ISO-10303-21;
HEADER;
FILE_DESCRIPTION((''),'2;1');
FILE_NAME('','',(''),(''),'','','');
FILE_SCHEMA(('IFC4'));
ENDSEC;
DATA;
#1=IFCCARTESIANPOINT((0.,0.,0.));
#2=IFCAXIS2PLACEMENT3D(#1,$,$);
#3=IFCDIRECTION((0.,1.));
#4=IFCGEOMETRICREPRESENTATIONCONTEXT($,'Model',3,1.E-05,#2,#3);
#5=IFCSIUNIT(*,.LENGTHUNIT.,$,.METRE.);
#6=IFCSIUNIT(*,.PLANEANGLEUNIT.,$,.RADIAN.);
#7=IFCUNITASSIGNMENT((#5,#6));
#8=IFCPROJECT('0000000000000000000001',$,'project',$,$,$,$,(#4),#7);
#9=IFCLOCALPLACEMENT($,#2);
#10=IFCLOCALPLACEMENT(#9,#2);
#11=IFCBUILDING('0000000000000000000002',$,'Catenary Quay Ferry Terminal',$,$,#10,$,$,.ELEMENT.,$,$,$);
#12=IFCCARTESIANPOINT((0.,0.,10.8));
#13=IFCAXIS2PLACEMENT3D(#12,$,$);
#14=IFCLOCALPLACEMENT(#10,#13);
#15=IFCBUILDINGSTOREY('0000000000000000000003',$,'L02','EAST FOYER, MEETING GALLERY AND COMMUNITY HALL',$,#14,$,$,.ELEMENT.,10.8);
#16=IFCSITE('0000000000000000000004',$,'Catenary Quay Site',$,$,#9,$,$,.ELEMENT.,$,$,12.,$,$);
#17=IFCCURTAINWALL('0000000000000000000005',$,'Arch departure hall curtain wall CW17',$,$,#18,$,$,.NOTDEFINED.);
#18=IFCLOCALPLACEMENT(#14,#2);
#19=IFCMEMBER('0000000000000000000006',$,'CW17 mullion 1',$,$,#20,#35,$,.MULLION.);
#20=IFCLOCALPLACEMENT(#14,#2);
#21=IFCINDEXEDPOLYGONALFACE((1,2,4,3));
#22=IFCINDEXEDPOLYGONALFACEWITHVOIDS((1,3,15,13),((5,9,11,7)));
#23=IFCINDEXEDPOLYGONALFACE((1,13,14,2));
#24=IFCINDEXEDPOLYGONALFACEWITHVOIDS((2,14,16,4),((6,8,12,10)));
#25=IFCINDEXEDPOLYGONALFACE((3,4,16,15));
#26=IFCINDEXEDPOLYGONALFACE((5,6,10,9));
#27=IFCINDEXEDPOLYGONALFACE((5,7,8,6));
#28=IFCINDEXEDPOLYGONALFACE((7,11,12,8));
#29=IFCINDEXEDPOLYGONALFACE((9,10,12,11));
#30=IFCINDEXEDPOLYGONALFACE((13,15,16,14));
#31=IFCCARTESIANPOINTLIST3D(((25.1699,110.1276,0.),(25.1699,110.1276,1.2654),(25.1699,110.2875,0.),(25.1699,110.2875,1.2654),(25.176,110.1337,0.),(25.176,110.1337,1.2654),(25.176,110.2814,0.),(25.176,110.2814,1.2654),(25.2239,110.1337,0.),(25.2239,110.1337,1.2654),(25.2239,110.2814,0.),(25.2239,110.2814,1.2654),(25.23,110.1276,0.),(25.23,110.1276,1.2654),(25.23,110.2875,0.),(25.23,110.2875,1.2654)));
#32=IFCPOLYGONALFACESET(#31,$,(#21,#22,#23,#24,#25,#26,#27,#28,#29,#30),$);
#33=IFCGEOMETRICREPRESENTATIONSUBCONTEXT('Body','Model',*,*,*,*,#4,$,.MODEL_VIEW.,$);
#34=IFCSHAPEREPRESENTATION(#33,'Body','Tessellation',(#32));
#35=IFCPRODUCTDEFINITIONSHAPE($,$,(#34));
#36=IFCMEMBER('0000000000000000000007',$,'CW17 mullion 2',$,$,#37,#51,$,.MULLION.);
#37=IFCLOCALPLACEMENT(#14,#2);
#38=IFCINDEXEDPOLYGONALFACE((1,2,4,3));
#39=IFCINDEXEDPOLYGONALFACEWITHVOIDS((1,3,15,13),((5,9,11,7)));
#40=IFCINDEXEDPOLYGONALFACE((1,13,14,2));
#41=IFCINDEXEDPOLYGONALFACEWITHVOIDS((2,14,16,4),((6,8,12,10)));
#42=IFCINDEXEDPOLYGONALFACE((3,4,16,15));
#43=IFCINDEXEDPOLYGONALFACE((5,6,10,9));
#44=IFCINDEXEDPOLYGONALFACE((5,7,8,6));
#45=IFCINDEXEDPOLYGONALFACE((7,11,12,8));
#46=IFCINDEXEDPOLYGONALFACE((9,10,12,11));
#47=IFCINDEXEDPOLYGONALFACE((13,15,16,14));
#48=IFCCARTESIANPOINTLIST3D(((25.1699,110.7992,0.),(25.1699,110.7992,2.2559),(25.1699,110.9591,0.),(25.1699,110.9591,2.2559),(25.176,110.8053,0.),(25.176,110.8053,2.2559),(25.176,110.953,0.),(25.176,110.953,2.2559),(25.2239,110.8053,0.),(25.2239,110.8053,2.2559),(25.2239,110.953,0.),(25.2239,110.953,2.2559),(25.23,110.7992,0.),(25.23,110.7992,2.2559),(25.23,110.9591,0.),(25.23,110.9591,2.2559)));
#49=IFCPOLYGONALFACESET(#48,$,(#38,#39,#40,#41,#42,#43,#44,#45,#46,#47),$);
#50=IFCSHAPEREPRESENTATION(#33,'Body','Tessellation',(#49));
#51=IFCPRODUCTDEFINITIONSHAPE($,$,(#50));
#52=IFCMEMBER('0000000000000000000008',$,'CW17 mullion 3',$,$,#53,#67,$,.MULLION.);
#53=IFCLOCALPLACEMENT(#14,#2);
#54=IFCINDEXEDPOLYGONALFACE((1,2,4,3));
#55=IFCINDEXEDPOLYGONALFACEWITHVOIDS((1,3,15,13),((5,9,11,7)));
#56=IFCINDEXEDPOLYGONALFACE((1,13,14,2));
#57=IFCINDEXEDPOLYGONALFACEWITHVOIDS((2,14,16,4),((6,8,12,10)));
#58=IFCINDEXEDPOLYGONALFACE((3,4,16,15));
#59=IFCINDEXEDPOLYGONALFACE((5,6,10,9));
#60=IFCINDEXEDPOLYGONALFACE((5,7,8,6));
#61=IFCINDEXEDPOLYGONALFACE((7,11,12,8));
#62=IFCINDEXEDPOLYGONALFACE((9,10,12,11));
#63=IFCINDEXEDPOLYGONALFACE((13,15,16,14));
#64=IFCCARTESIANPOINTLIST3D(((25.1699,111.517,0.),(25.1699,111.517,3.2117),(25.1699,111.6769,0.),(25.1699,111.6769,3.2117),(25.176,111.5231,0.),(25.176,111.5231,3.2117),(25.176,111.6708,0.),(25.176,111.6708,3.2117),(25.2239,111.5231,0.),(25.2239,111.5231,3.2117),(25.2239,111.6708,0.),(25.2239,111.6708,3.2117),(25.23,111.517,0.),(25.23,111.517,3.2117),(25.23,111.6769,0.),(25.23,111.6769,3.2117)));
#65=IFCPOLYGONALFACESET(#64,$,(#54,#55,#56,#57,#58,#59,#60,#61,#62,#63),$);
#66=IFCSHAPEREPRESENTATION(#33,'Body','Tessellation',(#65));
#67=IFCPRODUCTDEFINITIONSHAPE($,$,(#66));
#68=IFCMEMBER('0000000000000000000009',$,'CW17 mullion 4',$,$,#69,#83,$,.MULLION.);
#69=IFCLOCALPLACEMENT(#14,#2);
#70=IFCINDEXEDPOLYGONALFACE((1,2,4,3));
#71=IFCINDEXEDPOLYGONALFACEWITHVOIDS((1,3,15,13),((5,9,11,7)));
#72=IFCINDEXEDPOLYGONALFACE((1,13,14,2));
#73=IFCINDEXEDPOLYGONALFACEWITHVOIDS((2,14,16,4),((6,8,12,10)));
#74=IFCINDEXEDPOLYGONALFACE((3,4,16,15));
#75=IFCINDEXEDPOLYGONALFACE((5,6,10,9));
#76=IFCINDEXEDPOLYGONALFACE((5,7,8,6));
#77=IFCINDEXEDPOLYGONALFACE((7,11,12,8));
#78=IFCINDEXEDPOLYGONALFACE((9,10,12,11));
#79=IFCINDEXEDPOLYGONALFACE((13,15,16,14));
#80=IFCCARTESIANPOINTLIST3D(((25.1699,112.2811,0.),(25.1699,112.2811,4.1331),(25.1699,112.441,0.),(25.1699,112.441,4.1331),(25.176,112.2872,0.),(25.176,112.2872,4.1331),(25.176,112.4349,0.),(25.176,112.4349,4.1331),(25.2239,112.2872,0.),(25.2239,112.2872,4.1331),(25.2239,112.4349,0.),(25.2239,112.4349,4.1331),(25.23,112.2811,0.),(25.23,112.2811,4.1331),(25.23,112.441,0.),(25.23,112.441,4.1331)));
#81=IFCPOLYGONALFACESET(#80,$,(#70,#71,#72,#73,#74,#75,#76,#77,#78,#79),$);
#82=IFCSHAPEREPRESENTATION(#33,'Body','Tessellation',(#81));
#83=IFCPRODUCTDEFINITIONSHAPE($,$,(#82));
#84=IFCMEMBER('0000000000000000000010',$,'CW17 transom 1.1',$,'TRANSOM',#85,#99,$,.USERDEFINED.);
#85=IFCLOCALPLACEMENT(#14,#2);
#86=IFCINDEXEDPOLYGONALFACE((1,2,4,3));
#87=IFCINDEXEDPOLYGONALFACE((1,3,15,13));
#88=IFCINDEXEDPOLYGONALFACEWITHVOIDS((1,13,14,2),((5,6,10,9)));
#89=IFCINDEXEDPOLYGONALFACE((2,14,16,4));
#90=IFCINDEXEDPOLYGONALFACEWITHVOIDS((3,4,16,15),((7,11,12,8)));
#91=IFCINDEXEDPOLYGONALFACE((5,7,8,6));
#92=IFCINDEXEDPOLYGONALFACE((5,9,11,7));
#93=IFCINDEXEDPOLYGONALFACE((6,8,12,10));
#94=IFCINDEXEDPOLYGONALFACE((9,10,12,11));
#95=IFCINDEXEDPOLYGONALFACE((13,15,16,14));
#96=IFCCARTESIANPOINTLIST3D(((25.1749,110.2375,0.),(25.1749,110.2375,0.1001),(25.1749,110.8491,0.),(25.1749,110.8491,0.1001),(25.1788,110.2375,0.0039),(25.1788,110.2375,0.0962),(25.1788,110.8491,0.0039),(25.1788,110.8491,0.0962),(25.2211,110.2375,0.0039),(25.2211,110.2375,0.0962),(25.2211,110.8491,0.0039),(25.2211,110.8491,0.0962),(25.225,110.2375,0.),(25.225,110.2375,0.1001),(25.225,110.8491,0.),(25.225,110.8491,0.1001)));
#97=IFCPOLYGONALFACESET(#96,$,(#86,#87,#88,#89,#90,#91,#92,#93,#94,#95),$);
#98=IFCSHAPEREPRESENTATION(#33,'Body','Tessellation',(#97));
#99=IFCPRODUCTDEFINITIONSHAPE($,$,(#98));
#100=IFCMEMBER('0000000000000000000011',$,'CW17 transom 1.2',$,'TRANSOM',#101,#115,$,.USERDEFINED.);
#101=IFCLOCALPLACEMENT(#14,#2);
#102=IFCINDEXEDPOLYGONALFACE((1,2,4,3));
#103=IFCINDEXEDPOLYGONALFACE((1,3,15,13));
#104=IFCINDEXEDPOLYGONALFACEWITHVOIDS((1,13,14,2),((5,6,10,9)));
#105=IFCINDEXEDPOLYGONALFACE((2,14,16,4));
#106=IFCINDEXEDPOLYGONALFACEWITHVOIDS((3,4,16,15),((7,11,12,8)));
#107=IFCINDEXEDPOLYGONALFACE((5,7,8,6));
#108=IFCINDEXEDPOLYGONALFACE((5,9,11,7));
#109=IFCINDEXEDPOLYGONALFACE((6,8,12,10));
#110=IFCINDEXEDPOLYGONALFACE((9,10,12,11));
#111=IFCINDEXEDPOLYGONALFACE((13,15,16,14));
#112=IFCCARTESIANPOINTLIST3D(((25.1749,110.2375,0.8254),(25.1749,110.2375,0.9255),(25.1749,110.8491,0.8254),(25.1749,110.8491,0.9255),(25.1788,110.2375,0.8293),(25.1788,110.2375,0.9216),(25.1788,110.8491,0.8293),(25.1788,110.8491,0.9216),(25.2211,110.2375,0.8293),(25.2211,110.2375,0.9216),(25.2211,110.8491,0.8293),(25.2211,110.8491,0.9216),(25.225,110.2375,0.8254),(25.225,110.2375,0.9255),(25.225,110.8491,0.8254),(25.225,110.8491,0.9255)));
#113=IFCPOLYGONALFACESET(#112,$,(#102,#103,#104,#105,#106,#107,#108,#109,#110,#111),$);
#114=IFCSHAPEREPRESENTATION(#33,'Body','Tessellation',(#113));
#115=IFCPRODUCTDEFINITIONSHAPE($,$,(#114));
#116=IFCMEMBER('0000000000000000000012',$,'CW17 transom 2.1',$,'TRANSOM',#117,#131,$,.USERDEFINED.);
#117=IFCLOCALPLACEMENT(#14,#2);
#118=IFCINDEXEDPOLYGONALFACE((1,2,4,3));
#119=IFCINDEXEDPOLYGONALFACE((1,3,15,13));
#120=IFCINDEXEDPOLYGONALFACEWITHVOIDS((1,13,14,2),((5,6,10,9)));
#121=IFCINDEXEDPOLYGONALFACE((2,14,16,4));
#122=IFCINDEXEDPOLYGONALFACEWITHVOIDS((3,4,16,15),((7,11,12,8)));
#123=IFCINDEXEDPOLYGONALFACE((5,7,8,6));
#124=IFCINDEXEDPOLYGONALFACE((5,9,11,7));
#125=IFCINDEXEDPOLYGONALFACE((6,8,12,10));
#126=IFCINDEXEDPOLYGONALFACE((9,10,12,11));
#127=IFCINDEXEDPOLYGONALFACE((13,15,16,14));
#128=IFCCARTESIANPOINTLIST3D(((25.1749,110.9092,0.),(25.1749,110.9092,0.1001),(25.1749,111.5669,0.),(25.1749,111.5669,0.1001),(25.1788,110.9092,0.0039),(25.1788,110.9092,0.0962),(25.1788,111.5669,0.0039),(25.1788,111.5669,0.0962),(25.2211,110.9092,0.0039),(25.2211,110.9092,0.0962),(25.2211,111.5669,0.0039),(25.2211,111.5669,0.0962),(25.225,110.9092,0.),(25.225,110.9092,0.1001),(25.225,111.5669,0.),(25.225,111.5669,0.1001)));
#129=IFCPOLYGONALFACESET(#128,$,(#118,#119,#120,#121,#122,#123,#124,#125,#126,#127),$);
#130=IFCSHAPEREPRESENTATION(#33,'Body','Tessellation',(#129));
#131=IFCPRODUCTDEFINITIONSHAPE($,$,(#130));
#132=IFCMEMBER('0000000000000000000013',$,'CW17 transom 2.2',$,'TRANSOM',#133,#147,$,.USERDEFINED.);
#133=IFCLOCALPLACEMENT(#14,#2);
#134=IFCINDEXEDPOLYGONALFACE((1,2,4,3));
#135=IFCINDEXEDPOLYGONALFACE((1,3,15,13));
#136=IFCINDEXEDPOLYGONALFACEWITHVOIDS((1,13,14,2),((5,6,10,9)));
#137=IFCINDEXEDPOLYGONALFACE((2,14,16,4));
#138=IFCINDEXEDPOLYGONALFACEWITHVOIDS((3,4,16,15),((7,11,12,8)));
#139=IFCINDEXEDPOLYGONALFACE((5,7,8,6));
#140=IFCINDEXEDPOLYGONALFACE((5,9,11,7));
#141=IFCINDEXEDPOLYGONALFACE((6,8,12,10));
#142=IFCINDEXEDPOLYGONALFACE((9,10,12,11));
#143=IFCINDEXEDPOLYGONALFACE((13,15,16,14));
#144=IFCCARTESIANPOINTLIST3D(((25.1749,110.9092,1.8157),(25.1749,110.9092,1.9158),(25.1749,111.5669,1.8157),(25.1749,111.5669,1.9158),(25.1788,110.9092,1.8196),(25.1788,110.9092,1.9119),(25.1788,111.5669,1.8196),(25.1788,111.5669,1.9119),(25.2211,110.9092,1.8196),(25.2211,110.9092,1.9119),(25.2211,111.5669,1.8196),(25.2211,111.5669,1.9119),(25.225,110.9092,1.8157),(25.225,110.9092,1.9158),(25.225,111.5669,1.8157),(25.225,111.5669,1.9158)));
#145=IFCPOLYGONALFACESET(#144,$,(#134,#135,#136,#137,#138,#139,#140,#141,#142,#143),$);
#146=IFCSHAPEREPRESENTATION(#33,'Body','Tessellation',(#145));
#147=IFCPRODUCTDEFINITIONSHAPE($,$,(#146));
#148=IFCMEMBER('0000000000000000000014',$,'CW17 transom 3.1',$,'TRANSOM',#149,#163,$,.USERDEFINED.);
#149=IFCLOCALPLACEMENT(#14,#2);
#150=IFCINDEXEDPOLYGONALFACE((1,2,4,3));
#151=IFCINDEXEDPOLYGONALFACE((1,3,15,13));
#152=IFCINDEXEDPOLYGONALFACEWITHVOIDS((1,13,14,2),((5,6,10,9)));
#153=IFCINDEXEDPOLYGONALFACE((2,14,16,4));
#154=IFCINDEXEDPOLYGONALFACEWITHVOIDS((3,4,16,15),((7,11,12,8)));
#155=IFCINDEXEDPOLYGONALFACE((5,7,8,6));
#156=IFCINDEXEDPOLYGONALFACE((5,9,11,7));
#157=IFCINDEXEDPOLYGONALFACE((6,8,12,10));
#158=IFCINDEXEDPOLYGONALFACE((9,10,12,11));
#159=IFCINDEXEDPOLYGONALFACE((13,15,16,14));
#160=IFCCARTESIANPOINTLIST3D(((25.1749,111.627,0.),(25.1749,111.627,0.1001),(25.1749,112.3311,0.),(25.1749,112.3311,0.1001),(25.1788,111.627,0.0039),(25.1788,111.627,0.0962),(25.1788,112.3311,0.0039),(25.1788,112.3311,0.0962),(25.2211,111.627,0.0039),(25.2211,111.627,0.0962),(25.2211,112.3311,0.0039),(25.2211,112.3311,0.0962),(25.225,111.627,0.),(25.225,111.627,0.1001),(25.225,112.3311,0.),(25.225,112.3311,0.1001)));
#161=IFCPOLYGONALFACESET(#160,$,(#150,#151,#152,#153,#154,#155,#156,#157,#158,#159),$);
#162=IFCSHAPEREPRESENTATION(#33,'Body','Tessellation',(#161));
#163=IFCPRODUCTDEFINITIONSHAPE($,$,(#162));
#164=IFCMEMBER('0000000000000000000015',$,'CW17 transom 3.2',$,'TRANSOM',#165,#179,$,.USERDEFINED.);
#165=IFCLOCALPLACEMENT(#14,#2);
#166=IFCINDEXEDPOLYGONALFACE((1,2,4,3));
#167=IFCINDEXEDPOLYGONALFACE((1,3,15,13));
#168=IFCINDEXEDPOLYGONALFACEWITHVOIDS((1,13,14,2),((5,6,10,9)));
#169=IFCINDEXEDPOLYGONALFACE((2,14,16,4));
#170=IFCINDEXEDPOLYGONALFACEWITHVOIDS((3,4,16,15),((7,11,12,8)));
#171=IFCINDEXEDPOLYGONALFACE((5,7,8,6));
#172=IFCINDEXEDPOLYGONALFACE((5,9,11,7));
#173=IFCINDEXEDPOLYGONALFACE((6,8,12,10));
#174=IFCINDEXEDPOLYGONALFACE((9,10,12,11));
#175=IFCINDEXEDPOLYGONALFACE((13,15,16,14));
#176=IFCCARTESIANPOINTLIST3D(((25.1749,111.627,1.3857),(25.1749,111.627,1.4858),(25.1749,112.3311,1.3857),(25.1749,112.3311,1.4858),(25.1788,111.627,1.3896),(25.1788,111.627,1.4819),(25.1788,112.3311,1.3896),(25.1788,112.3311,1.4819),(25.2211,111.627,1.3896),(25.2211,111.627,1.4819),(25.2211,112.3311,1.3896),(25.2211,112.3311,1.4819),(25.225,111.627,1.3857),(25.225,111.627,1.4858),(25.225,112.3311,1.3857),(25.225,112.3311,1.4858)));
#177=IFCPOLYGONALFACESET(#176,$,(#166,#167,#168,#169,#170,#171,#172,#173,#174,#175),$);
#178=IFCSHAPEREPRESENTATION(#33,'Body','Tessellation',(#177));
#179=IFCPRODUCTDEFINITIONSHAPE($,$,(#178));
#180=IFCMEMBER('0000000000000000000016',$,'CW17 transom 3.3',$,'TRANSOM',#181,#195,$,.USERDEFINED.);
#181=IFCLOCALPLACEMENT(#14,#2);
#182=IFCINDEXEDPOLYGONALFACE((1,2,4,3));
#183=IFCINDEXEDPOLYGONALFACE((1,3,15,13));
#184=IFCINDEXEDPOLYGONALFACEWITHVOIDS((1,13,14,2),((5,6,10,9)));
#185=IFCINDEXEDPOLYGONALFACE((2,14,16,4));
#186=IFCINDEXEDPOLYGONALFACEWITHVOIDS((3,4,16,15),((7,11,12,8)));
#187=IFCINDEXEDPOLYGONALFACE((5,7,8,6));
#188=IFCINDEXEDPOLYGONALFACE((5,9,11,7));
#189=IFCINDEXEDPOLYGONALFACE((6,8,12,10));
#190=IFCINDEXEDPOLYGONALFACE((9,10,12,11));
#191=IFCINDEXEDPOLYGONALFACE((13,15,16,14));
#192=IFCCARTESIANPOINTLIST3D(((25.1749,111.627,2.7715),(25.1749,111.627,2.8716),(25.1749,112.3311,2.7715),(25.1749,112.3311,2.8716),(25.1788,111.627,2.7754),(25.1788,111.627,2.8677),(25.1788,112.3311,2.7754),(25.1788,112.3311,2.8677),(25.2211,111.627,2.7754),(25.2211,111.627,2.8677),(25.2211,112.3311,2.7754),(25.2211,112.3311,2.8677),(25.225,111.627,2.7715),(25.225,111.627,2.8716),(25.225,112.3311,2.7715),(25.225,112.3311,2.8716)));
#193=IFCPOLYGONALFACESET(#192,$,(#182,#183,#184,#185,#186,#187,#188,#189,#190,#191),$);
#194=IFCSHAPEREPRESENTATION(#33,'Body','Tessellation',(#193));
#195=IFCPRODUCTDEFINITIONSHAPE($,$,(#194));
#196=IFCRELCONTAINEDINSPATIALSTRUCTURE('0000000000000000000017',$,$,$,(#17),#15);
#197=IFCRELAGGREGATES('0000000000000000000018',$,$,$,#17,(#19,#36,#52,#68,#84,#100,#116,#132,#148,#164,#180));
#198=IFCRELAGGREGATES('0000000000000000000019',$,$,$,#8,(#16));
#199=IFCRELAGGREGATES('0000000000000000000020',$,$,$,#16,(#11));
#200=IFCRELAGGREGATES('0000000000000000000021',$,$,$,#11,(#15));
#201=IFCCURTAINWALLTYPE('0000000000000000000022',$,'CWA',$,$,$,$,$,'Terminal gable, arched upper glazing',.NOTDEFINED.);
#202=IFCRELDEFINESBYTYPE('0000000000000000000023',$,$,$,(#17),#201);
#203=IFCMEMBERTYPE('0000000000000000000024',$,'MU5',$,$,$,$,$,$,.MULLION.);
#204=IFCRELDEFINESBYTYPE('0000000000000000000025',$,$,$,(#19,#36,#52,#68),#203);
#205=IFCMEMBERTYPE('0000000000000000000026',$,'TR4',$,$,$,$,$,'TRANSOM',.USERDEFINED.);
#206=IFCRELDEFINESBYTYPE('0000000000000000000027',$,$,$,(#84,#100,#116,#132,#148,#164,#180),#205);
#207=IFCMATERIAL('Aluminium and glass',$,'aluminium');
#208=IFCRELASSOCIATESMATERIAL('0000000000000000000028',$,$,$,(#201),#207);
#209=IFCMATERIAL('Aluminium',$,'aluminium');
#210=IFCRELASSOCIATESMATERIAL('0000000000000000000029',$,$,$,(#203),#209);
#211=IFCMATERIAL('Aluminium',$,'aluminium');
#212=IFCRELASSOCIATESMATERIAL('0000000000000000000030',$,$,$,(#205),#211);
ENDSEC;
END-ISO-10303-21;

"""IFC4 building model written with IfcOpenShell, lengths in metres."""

from ifc_helpers import new_model, si_unit, direction, frame, origin, origin_2d, place, context, subcontext, project, spatial, hollow_rectangle, extrude, material, material_profile, profile_set, type_object, element, aggregate, save


model = new_model("IFC4")

# Units and contexts
model_context = context("Model", 3, precision=1e-05, world=origin(), true_north=direction((0.0, 1.0)))
body_context = subcontext(model_context, "Body", "Model", "MODEL_VIEW")
ifc_project = project(units=[si_unit("LENGTHUNIT", "METRE"), si_unit("PLANEANGLEUNIT", "RADIAN")], contexts=[model_context])

# Site, building, storey
site_placement = place(None, origin())
site = spatial("IfcSite", under=ifc_project, at=site_placement, Name="Catenary Quay Site", CompositionType="ELEMENT", RefElevation=12.0)
building_placement = place(site_placement, origin())
building = spatial("IfcBuilding", under=site, at=building_placement, Name="Catenary Quay Ferry Terminal", CompositionType="ELEMENT")
storey_placement = place(building_placement, frame((0.0, 0.0, 10.8)))
storey = spatial("IfcBuildingStorey", under=building, at=storey_placement, Name="L02", Description="EAST FOYER, MEETING GALLERY AND COMMUNITY HALL", CompositionType="ELEMENT", Elevation=10.8)

# Curtain wall, members
ifc_material_1 = material(Name="Aluminium and glass", Category="aluminium")
curtain_wall_type = type_object("IfcCurtainWallType", Name="CWA", ElementType="Terminal gable, arched upper glazing", PredefinedType="NOTDEFINED", material=ifc_material_1)
curtain_wall_placement = place(storey_placement, origin())
curtain_wall = element("IfcCurtainWall", 1, at=curtain_wall_placement, inside=storey, type_object=curtain_wall_type, Name="Arch departure hall curtain wall CW17", PredefinedType="NOTDEFINED")
ifc_material_2 = material(Name="Aluminium", Category="aluminium")
ifc_material_profile_1 = material_profile(ifc_material_2, hollow_rectangle(XDim=0.0601, YDim=0.1599, WallThickness=0.0061, at=origin_2d()), Name="MU5")
ifc_profile_set_1 = profile_set([ifc_material_profile_1], Name="Aluminium")
member_type_1 = type_object("IfcMemberType", Name="MU5", PredefinedType="MULLION", material=ifc_profile_set_1)
member_1_placement = place(storey_placement, frame((25.2, 110.2075, 0.0), z_axis=(0.0, 0.0, 1.0), x_axis=(-1.0, 0.0, 0.0)))
member_1 = element("IfcMember", 2, at=member_1_placement, type_object=member_type_1, Name="CW17 mullion 1", PredefinedType="MULLION", context=body_context, shape_type="SweptSolid", body=[
    extrude(hollow_rectangle(XDim=0.0601, YDim=0.1599, WallThickness=0.0061, at=origin_2d()), origin(), (0.0, 0.0, 1.0), 1.2654),
])
member_2_placement = place(storey_placement, frame((25.2, 110.8792, 0.0), z_axis=(0.0, 0.0, 1.0), x_axis=(-1.0, 0.0, 0.0)))
member_2 = element("IfcMember", 3, at=member_2_placement, type_object=member_type_1, Name="CW17 mullion 2", PredefinedType="MULLION", context=body_context, shape_type="SweptSolid", body=[
    extrude(hollow_rectangle(XDim=0.0601, YDim=0.1599, WallThickness=0.0061, at=origin_2d()), origin(), (0.0, 0.0, 1.0), 2.2559),
])
member_3_placement = place(storey_placement, frame((25.2, 111.5969, 0.0), z_axis=(0.0, 0.0, 1.0), x_axis=(-1.0, 0.0, 0.0)))
member_3 = element("IfcMember", 4, at=member_3_placement, type_object=member_type_1, Name="CW17 mullion 3", PredefinedType="MULLION", context=body_context, shape_type="SweptSolid", body=[
    extrude(hollow_rectangle(XDim=0.0601, YDim=0.1599, WallThickness=0.0061, at=origin_2d()), origin(), (0.0, 0.0, 1.0), 3.2117),
])
member_4_placement = place(storey_placement, frame((25.2, 112.3611, 0.0), z_axis=(0.0, 0.0, 1.0), x_axis=(-1.0, 0.0, 0.0)))
member_4 = element("IfcMember", 5, at=member_4_placement, type_object=member_type_1, Name="CW17 mullion 4", PredefinedType="MULLION", context=body_context, shape_type="SweptSolid", body=[
    extrude(hollow_rectangle(XDim=0.0601, YDim=0.1599, WallThickness=0.0061, at=origin_2d()), origin(), (0.0, 0.0, 1.0), 4.1331),
])
ifc_material_3 = material(Name="Aluminium", Category="aluminium")
ifc_material_profile_2 = material_profile(ifc_material_3, hollow_rectangle(XDim=0.05, YDim=0.1001, WallThickness=0.0039, at=origin_2d()), Name="TR4")
ifc_profile_set_2 = profile_set([ifc_material_profile_2], Name="Aluminium")
member_type_2 = type_object("IfcMemberType", Name="TR4", ElementType="TRANSOM", PredefinedType="USERDEFINED", material=ifc_profile_set_2)
member_5_placement = place(storey_placement, frame((25.2, 110.2375, 0.05), z_axis=(0.0, 1.0, 0.0), x_axis=(-1.0, 0.0, 0.0)))
member_5 = element("IfcMember", 6, at=member_5_placement, type_object=member_type_2, Name="CW17 transom 1.1", ObjectType="TRANSOM", PredefinedType="USERDEFINED", context=body_context, shape_type="SweptSolid", body=[
    extrude(hollow_rectangle(XDim=0.05, YDim=0.1001, WallThickness=0.0039, at=origin_2d()), origin(), (0.0, 0.0, 1.0), 0.6116),
])
member_6_placement = place(storey_placement, frame((25.2, 110.2375, 0.8755), z_axis=(0.0, 1.0, 0.0), x_axis=(-1.0, 0.0, 0.0)))
member_6 = element("IfcMember", 7, at=member_6_placement, type_object=member_type_2, Name="CW17 transom 1.2", ObjectType="TRANSOM", PredefinedType="USERDEFINED", context=body_context, shape_type="SweptSolid", body=[
    extrude(hollow_rectangle(XDim=0.05, YDim=0.1001, WallThickness=0.0039, at=origin_2d()), origin(), (0.0, 0.0, 1.0), 0.6116),
])
member_7_placement = place(storey_placement, frame((25.2, 110.9092, 0.05), z_axis=(0.0, 1.0, 0.0), x_axis=(-1.0, 0.0, 0.0)))
member_7 = element("IfcMember", 8, at=member_7_placement, type_object=member_type_2, Name="CW17 transom 2.1", ObjectType="TRANSOM", PredefinedType="USERDEFINED", context=body_context, shape_type="SweptSolid", body=[
    extrude(hollow_rectangle(XDim=0.05, YDim=0.1001, WallThickness=0.0039, at=origin_2d()), origin(), (0.0, 0.0, 1.0), 0.6577),
])
member_8_placement = place(storey_placement, frame((25.2, 110.9092, 1.8657), z_axis=(0.0, 1.0, 0.0), x_axis=(-1.0, 0.0, 0.0)))
member_8 = element("IfcMember", 9, at=member_8_placement, type_object=member_type_2, Name="CW17 transom 2.2", ObjectType="TRANSOM", PredefinedType="USERDEFINED", context=body_context, shape_type="SweptSolid", body=[
    extrude(hollow_rectangle(XDim=0.05, YDim=0.1001, WallThickness=0.0039, at=origin_2d()), origin(), (0.0, 0.0, 1.0), 0.6577),
])
member_9_placement = place(storey_placement, frame((25.2, 111.627, 0.05), z_axis=(0.0, 1.0, 0.0), x_axis=(-1.0, 0.0, 0.0)))
member_9 = element("IfcMember", 10, at=member_9_placement, type_object=member_type_2, Name="CW17 transom 3.1", ObjectType="TRANSOM", PredefinedType="USERDEFINED", context=body_context, shape_type="SweptSolid", body=[
    extrude(hollow_rectangle(XDim=0.05, YDim=0.1001, WallThickness=0.0039, at=origin_2d()), origin(), (0.0, 0.0, 1.0), 0.7041),
])
member_10_placement = place(storey_placement, frame((25.2, 111.627, 1.4358), z_axis=(0.0, 1.0, 0.0), x_axis=(-1.0, 0.0, 0.0)))
member_10 = element("IfcMember", 11, at=member_10_placement, type_object=member_type_2, Name="CW17 transom 3.2", ObjectType="TRANSOM", PredefinedType="USERDEFINED", context=body_context, shape_type="SweptSolid", body=[
    extrude(hollow_rectangle(XDim=0.05, YDim=0.1001, WallThickness=0.0039, at=origin_2d()), origin(), (0.0, 0.0, 1.0), 0.7041),
])
member_11_placement = place(storey_placement, frame((25.2, 111.627, 2.8215), z_axis=(0.0, 1.0, 0.0), x_axis=(-1.0, 0.0, 0.0)))
member_11 = element("IfcMember", 12, at=member_11_placement, type_object=member_type_2, Name="CW17 transom 3.3", ObjectType="TRANSOM", PredefinedType="USERDEFINED", context=body_context, shape_type="SweptSolid", body=[
    extrude(hollow_rectangle(XDim=0.05, YDim=0.1001, WallThickness=0.0039, at=origin_2d()), origin(), (0.0, 0.0, 1.0), 0.7041),
])

aggregate(curtain_wall, [member_1, member_2, member_3, member_4, member_5, member_6, member_7, member_8, member_9, member_10, member_11])

save(model, "model.ifc")
